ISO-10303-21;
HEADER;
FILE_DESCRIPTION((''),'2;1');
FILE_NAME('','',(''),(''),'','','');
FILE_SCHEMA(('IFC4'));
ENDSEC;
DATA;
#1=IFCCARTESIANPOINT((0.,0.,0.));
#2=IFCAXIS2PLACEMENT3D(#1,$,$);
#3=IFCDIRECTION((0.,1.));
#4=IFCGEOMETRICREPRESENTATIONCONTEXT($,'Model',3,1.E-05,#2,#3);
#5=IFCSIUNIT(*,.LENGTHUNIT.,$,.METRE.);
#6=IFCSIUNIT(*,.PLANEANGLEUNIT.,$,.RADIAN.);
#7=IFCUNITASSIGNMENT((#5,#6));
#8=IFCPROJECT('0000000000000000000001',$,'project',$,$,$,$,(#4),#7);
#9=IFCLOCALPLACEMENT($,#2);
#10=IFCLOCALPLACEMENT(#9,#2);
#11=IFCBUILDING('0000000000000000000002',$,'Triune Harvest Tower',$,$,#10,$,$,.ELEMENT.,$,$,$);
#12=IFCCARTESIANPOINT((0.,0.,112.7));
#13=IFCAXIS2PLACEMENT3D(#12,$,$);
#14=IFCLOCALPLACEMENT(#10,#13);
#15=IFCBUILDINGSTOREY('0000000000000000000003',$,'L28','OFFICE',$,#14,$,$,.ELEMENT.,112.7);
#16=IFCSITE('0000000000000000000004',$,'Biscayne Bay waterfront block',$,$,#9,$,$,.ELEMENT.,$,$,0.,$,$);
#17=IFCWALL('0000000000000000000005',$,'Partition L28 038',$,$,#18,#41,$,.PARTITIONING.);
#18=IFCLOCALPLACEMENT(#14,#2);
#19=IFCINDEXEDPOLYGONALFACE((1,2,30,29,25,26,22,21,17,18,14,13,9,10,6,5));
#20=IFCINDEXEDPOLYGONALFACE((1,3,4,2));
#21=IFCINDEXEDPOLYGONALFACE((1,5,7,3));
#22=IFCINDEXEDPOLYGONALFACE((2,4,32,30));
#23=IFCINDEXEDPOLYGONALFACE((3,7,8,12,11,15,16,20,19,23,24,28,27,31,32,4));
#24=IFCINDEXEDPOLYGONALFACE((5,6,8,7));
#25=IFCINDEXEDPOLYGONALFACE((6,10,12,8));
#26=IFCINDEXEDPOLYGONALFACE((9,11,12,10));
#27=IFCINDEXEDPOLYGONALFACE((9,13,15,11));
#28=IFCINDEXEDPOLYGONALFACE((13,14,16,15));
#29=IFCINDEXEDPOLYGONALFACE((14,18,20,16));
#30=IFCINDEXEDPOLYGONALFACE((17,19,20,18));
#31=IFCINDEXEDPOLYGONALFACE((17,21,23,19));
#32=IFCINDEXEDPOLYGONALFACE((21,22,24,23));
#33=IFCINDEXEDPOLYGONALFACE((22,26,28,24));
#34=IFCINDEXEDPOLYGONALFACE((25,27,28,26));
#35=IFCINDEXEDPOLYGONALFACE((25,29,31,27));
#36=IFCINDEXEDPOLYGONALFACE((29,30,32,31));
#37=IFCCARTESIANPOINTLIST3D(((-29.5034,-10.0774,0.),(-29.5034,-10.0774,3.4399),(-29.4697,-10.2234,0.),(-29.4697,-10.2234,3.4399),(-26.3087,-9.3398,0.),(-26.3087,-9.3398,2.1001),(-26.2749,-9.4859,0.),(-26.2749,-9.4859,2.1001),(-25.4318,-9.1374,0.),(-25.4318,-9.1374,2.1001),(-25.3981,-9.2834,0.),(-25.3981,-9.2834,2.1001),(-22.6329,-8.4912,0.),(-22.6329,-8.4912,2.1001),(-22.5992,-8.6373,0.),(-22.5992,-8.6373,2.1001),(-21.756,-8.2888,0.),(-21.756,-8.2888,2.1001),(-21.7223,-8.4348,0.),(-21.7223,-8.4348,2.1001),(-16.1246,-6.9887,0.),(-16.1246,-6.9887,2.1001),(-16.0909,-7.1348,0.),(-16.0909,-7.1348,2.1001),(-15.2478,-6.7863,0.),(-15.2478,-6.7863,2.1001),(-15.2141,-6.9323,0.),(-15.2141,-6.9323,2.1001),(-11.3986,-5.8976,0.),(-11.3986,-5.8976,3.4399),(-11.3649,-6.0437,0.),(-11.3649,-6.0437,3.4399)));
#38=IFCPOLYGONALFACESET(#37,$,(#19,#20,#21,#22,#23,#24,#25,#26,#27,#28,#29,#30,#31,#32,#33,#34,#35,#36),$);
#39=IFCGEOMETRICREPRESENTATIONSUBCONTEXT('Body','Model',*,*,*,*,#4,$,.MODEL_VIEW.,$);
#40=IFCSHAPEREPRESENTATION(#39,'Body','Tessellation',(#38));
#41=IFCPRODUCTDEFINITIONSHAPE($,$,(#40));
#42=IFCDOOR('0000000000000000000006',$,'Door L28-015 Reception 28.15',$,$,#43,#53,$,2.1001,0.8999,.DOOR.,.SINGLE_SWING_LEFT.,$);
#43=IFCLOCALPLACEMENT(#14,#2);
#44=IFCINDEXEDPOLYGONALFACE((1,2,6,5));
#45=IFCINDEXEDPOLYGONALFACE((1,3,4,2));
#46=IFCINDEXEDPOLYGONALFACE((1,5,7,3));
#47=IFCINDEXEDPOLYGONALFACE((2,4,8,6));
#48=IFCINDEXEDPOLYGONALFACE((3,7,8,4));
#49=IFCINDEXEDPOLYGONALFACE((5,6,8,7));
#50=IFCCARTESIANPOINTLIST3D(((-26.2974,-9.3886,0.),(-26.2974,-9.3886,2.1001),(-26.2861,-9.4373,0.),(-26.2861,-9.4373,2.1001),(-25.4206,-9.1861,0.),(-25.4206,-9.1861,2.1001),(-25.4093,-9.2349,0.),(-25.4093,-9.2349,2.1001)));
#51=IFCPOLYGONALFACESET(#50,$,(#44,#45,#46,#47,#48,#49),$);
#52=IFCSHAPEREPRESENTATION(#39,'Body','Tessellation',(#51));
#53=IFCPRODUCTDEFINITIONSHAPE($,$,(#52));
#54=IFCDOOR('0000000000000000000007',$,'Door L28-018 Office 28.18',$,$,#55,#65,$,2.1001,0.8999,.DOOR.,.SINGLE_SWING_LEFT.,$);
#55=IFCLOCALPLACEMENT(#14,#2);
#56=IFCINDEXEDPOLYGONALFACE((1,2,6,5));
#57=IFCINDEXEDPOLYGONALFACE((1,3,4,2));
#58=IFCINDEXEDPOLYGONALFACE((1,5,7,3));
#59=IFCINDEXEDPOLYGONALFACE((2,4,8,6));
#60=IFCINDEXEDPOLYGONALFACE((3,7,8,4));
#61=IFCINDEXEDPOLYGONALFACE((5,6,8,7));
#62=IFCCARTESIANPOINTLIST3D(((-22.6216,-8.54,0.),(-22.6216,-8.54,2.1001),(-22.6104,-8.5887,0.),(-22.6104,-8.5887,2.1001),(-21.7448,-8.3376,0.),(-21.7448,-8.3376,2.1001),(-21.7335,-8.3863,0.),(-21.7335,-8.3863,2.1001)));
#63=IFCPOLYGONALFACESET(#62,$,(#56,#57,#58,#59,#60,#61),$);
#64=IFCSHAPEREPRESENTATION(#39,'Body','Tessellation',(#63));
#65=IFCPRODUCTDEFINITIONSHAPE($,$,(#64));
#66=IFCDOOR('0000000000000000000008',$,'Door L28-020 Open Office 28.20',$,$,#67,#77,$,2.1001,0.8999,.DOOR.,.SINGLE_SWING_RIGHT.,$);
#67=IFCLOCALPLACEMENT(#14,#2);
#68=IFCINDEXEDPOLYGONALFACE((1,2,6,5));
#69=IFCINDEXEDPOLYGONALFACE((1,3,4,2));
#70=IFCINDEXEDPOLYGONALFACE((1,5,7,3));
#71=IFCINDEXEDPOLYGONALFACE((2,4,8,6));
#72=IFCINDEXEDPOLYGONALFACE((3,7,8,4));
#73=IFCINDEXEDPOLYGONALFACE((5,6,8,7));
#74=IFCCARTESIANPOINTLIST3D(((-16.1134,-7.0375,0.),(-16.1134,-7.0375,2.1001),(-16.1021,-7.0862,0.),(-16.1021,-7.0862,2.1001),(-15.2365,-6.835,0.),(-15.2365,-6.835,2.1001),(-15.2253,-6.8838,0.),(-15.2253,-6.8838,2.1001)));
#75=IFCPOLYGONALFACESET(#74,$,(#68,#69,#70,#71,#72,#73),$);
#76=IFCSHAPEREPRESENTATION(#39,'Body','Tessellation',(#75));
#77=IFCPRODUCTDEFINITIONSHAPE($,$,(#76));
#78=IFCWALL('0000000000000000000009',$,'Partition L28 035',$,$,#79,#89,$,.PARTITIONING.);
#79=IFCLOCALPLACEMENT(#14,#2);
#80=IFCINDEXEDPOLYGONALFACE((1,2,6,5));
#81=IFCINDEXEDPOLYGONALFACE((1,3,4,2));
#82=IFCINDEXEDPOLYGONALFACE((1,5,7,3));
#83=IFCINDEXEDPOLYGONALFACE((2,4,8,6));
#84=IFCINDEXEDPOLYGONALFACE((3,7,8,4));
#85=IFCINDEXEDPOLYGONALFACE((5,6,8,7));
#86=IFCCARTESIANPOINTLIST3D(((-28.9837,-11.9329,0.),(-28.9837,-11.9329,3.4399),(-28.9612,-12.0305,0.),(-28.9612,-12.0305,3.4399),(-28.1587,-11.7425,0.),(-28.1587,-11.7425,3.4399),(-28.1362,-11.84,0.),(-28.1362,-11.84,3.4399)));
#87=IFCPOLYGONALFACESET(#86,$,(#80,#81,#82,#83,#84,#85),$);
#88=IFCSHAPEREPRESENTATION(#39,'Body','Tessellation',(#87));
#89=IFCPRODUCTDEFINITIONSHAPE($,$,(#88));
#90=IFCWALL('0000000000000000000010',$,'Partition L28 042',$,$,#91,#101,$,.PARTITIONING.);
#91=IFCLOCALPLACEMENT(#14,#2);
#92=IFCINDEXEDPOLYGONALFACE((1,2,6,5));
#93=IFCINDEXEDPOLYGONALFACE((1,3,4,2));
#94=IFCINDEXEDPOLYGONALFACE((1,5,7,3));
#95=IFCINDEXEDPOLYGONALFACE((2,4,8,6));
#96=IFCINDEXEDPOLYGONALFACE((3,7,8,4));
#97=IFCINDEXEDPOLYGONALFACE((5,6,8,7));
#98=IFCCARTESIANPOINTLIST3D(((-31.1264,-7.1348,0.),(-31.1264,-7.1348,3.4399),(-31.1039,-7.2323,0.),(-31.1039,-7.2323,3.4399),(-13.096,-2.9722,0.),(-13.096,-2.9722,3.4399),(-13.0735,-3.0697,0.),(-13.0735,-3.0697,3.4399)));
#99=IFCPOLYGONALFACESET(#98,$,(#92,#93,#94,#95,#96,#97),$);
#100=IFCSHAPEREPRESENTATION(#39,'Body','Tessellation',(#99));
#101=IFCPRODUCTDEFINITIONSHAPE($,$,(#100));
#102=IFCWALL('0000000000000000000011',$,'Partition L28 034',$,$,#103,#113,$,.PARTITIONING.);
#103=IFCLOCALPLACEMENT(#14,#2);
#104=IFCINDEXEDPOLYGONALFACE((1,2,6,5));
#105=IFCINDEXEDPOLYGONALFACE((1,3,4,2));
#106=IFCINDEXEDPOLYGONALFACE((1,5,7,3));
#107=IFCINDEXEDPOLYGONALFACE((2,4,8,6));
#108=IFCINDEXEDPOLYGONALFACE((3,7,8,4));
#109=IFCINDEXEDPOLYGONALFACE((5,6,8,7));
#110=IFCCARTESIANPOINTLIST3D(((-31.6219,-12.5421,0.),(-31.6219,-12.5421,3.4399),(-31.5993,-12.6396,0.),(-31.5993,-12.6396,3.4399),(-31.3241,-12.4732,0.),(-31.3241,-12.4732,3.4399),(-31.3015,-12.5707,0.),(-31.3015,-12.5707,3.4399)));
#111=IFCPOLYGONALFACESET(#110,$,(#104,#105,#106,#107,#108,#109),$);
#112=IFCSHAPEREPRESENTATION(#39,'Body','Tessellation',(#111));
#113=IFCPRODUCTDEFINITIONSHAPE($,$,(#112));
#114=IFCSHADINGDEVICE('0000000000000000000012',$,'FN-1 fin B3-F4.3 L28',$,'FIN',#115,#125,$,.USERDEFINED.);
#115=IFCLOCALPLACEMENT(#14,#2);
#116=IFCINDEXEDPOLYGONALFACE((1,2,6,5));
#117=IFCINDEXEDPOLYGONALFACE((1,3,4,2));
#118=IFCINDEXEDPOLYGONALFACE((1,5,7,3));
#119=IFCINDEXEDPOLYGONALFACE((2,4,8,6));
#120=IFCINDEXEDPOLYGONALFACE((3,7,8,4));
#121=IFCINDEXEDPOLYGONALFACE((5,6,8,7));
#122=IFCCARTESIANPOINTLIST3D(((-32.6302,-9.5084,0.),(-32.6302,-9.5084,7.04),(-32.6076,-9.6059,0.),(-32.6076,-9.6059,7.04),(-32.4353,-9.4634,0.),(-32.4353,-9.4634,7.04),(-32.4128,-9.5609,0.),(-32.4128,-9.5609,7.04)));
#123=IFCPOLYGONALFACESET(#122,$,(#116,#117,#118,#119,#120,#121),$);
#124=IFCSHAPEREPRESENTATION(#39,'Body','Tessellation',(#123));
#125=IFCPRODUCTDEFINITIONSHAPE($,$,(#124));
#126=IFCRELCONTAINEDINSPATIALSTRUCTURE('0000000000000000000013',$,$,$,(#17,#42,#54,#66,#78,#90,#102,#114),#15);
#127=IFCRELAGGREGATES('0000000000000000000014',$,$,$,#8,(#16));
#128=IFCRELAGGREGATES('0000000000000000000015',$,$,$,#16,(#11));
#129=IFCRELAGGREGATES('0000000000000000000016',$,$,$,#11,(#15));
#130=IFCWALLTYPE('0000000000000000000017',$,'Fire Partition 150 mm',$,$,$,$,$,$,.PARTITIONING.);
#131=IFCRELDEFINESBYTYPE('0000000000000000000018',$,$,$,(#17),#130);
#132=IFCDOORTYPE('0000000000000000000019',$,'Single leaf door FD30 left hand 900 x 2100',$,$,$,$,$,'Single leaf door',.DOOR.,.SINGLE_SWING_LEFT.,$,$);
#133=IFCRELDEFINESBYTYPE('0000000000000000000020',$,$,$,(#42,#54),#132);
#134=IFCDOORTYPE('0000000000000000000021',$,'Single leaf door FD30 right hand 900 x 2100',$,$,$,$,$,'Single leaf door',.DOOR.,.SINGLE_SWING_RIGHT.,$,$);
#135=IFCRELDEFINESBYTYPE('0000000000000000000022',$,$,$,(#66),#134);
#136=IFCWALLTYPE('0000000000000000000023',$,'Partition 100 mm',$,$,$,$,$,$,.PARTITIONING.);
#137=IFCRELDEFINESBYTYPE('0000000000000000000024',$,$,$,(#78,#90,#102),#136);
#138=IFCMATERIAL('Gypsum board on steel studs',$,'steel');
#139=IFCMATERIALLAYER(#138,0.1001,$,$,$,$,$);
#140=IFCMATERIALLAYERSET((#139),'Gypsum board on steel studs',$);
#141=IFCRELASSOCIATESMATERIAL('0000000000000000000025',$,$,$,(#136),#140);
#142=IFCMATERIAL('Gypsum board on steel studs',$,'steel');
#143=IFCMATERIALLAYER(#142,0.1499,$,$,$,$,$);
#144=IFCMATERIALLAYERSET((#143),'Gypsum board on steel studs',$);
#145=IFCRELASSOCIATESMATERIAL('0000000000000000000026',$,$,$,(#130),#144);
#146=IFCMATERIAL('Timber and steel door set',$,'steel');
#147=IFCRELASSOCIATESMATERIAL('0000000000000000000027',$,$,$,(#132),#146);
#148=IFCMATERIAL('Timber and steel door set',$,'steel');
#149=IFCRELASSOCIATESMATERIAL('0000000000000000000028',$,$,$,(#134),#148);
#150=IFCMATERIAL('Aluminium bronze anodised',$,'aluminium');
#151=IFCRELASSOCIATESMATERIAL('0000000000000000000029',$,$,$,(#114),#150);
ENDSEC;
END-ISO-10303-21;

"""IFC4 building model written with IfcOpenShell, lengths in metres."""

from ifc_helpers import new_model, si_unit, direction, frame, frame_2d, origin, origin_2d, place, context, subcontext, project, spatial, rectangle, extrude, source, transform, mapped, material, layer, layer_set, type_object, element, fill, save


model = new_model("IFC4")

# Units and contexts
model_context = context("Model", 3, precision=1e-05, world=origin(), true_north=direction((0.0, 1.0)))
body_context = subcontext(model_context, "Body", "Model", "MODEL_VIEW")
ifc_project = project(units=[si_unit("LENGTHUNIT", "METRE"), si_unit("PLANEANGLEUNIT", "RADIAN")], contexts=[model_context])

# Site, building, storey
site_placement = place(None, origin())
site = spatial("IfcSite", under=ifc_project, at=site_placement, Name="Biscayne Bay waterfront block", CompositionType="ELEMENT", RefElevation=0.0)
building_placement = place(site_placement, origin())
building = spatial("IfcBuilding", under=site, at=building_placement, Name="Triune Harvest Tower", CompositionType="ELEMENT")
storey_placement = place(building_placement, frame((0.0, 0.0, 112.7)))
storey = spatial("IfcBuildingStorey", under=building, at=storey_placement, Name="L28", Description="OFFICE", CompositionType="ELEMENT", Elevation=112.7)

# Shared definitions
ifc_material_1 = material(Name="Gypsum board on steel studs", Category="steel")
ifc_layer_1 = layer(ifc_material_1, 0.1001)
ifc_layer_set_1 = layer_set([ifc_layer_1], Name="Gypsum board on steel studs")
wall_type_1 = type_object("IfcWallType", Name="Partition 100 mm", PredefinedType="PARTITIONING", material=ifc_layer_set_1)
ifc_material_2 = material(Name="Gypsum board on steel studs", Category="steel")
ifc_layer_2 = layer(ifc_material_2, 0.1499)
ifc_layer_set_2 = layer_set([ifc_layer_2], Name="Gypsum board on steel studs")
wall_type_2 = type_object("IfcWallType", Name="Fire Partition 150 mm", PredefinedType="PARTITIONING", material=ifc_layer_set_2)

# Wall, openings, doors
shared_shape_1 = source(origin(), body_context, "Body", "SweptSolid", [
    extrude(rectangle(XDim=18.5811, YDim=0.1499, at=frame_2d((9.2905, 0.0))), origin(), (0.0, 0.0, 1.0), 3.4399),
])
wall_1_placement = place(storey_placement, frame((-29.4866, -10.1504, 0.0), z_axis=(0.0, 0.0, 1.0), x_axis=(0.974371, 0.224945, 0.0)))
wall_1 = element("IfcWall", 1, at=wall_1_placement, inside=storey, type_object=wall_type_2, Name="Partition L28 038", PredefinedType="PARTITIONING", context=body_context, shape_type="MappedRepresentation", body=[
    mapped(shared_shape_1, transform((0.0, 0.0, 0.0), scale=1.0)),
])
opening_1_placement = place(wall_1_placement, frame((3.2788, 0.0, 0.0)))
opening_1 = element("IfcOpeningElement", 2, at=opening_1_placement, cuts=wall_1, PredefinedType="OPENING", context=body_context, shape_type="SweptSolid", body=[
    extrude(rectangle(XDim=0.8999, YDim=2.1001, at=frame_2d((0.45, 1.05))), frame((0.0, 0.085, 0.0), z_axis=(0.0, -1.0, 0.0), x_axis=(1.0, 0.0, 0.0)), (0.0, 0.0, 1.0), 0.1699),
])
opening_2_placement = place(wall_1_placement, frame((7.0513, 0.0, 0.0)))
opening_2 = element("IfcOpeningElement", 3, at=opening_2_placement, cuts=wall_1, PredefinedType="OPENING", context=body_context, shape_type="SweptSolid", body=[
    extrude(rectangle(XDim=0.8999, YDim=2.1001, at=frame_2d((0.45, 1.05))), frame((0.0, 0.085, 0.0), z_axis=(0.0, -1.0, 0.0), x_axis=(1.0, 0.0, 0.0)), (0.0, 0.0, 1.0), 0.1699),
])
opening_3_placement = place(wall_1_placement, frame((13.7307, 0.0, 0.0)))
opening_3 = element("IfcOpeningElement", 4, at=opening_3_placement, cuts=wall_1, PredefinedType="OPENING", context=body_context, shape_type="SweptSolid", body=[
    extrude(rectangle(XDim=0.8999, YDim=2.1001, at=frame_2d((0.45, 1.05))), frame((0.0, 0.085, 0.0), z_axis=(0.0, -1.0, 0.0), x_axis=(1.0, 0.0, 0.0)), (0.0, 0.0, 1.0), 0.1699),
])
ifc_material_3 = material(Name="Timber and steel door set", Category="steel")
door_type_1 = type_object("IfcDoorType", Name="Single leaf door FD30 left hand 900 x 2100", ElementType="Single leaf door", OperationType="SINGLE_SWING_LEFT", PredefinedType="DOOR", material=ifc_material_3)
door_1_placement = place(opening_1_placement, origin())
door_1 = element("IfcDoor", 5, at=door_1_placement, inside=storey, type_object=door_type_1, Name="Door L28-015 Reception 28.15", OperationType="SINGLE_SWING_LEFT", OverallHeight=2.1001, OverallWidth=0.8999, PredefinedType="DOOR", context=body_context, shape_type="SweptSolid", body=[
    extrude(rectangle(XDim=0.8999, YDim=2.1001, at=frame_2d((0.45, 1.05))), frame((0.0, 0.0249, 0.0), z_axis=(0.0, -1.0, 0.0), x_axis=(1.0, 0.0, 0.0)), (0.0, 0.0, 1.0), 0.05),
])
fill(opening_1, door_1)
door_2_placement = place(opening_2_placement, origin())
door_2 = element("IfcDoor", 6, at=door_2_placement, inside=storey, type_object=door_type_1, Name="Door L28-018 Office 28.18", OperationType="SINGLE_SWING_LEFT", OverallHeight=2.1001, OverallWidth=0.8999, PredefinedType="DOOR", context=body_context, shape_type="SweptSolid", body=[
    extrude(rectangle(XDim=0.8999, YDim=2.1001, at=frame_2d((0.45, 1.05))), frame((0.0, 0.0249, 0.0), z_axis=(0.0, -1.0, 0.0), x_axis=(1.0, 0.0, 0.0)), (0.0, 0.0, 1.0), 0.05),
])
fill(opening_2, door_2)
ifc_material_4 = material(Name="Timber and steel door set", Category="steel")
door_type_2 = type_object("IfcDoorType", Name="Single leaf door FD30 right hand 900 x 2100", ElementType="Single leaf door", OperationType="SINGLE_SWING_RIGHT", PredefinedType="DOOR", material=ifc_material_4)
door_3_placement = place(opening_3_placement, origin())
door_3 = element("IfcDoor", 7, at=door_3_placement, inside=storey, type_object=door_type_2, Name="Door L28-020 Open Office 28.20", OperationType="SINGLE_SWING_RIGHT", OverallHeight=2.1001, OverallWidth=0.8999, PredefinedType="DOOR", context=body_context, shape_type="SweptSolid", body=[
    extrude(rectangle(XDim=0.8999, YDim=2.1001, at=frame_2d((0.45, 1.05))), frame((0.0, 0.0249, 0.0), z_axis=(0.0, -1.0, 0.0), x_axis=(1.0, 0.0, 0.0)), (0.0, 0.0, 1.0), 0.05),
])
fill(opening_3, door_3)

# Walls
shared_shape_2 = source(origin(), body_context, "Body", "SweptSolid", [
    extrude(rectangle(XDim=0.8467, YDim=0.1001, at=frame_2d((0.4233, 0.0))), origin(), (0.0, 0.0, 1.0), 3.4399),
])
wall_2_placement = place(storey_placement, frame((-28.9724, -11.9817, 0.0), z_axis=(0.0, 0.0, 1.0), x_axis=(0.974377, 0.224923, 0.0)))
element("IfcWall", 8, at=wall_2_placement, inside=storey, type_object=wall_type_1, Name="Partition L28 035", PredefinedType="PARTITIONING", context=body_context, shape_type="MappedRepresentation", body=[
    mapped(shared_shape_2, transform((0.0, 0.0, 0.0), scale=1.0)),
])
shared_shape_3 = source(origin(), body_context, "Body", "SweptSolid", [
    extrude(rectangle(XDim=18.5046, YDim=0.1001, at=frame_2d((9.2524, 0.0))), origin(), (0.0, 0.0, 1.0), 3.4399),
])
wall_3_placement = place(storey_placement, frame((-31.1152, -7.1836, 0.0), z_axis=(0.0, 0.0, 1.0), x_axis=(0.97437, 0.22495, 0.0)))
element("IfcWall", 9, at=wall_3_placement, inside=storey, type_object=wall_type_1, Name="Partition L28 042", PredefinedType="PARTITIONING", context=body_context, shape_type="MappedRepresentation", body=[
    mapped(shared_shape_3, transform((0.0, 0.0, 0.0), scale=1.0)),
])
shared_shape_4 = source(origin(), body_context, "Body", "SweptSolid", [
    extrude(rectangle(XDim=0.3057, YDim=0.1001, at=frame_2d((0.1528, 0.0))), origin(), (0.0, 0.0, 1.0), 3.4399),
])
wall_4_placement = place(storey_placement, frame((-31.6106, -12.5908, 0.0), z_axis=(0.0, 0.0, 1.0), x_axis=(0.97431, 0.225209, 0.0)))
element("IfcWall", 10, at=wall_4_placement, inside=storey, type_object=wall_type_1, Name="Partition L28 034", PredefinedType="PARTITIONING", context=body_context, shape_type="MappedRepresentation", body=[
    mapped(shared_shape_4, transform((0.0, 0.0, 0.0), scale=1.0)),
])

# Shading device
ifc_material_5 = material(Name="Aluminium bronze anodised", Category="aluminium")
shared_shape_5 = source(origin(), body_context, "Body", "SweptSolid", [
    extrude(rectangle(XDim=0.1001, YDim=0.2, at=origin_2d()), origin(), (0.0, 0.0, 1.0), 7.04),
])
shading_device_placement = place(storey_placement, frame((-32.5215, -9.5347, 0.0), z_axis=(0.0, 0.0, 1.0), x_axis=(0.224947, -0.974371, 0.0)))
element("IfcShadingDevice", 11, at=shading_device_placement, inside=storey, material=ifc_material_5, Name="FN-1 fin B3-F4.3 L28", ObjectType="FIN", PredefinedType="USERDEFINED", context=body_context, shape_type="MappedRepresentation", body=[
    mapped(shared_shape_5, transform((0.0, 0.0, 0.0), scale=1.0)),
])

save(model, "model.ifc")
